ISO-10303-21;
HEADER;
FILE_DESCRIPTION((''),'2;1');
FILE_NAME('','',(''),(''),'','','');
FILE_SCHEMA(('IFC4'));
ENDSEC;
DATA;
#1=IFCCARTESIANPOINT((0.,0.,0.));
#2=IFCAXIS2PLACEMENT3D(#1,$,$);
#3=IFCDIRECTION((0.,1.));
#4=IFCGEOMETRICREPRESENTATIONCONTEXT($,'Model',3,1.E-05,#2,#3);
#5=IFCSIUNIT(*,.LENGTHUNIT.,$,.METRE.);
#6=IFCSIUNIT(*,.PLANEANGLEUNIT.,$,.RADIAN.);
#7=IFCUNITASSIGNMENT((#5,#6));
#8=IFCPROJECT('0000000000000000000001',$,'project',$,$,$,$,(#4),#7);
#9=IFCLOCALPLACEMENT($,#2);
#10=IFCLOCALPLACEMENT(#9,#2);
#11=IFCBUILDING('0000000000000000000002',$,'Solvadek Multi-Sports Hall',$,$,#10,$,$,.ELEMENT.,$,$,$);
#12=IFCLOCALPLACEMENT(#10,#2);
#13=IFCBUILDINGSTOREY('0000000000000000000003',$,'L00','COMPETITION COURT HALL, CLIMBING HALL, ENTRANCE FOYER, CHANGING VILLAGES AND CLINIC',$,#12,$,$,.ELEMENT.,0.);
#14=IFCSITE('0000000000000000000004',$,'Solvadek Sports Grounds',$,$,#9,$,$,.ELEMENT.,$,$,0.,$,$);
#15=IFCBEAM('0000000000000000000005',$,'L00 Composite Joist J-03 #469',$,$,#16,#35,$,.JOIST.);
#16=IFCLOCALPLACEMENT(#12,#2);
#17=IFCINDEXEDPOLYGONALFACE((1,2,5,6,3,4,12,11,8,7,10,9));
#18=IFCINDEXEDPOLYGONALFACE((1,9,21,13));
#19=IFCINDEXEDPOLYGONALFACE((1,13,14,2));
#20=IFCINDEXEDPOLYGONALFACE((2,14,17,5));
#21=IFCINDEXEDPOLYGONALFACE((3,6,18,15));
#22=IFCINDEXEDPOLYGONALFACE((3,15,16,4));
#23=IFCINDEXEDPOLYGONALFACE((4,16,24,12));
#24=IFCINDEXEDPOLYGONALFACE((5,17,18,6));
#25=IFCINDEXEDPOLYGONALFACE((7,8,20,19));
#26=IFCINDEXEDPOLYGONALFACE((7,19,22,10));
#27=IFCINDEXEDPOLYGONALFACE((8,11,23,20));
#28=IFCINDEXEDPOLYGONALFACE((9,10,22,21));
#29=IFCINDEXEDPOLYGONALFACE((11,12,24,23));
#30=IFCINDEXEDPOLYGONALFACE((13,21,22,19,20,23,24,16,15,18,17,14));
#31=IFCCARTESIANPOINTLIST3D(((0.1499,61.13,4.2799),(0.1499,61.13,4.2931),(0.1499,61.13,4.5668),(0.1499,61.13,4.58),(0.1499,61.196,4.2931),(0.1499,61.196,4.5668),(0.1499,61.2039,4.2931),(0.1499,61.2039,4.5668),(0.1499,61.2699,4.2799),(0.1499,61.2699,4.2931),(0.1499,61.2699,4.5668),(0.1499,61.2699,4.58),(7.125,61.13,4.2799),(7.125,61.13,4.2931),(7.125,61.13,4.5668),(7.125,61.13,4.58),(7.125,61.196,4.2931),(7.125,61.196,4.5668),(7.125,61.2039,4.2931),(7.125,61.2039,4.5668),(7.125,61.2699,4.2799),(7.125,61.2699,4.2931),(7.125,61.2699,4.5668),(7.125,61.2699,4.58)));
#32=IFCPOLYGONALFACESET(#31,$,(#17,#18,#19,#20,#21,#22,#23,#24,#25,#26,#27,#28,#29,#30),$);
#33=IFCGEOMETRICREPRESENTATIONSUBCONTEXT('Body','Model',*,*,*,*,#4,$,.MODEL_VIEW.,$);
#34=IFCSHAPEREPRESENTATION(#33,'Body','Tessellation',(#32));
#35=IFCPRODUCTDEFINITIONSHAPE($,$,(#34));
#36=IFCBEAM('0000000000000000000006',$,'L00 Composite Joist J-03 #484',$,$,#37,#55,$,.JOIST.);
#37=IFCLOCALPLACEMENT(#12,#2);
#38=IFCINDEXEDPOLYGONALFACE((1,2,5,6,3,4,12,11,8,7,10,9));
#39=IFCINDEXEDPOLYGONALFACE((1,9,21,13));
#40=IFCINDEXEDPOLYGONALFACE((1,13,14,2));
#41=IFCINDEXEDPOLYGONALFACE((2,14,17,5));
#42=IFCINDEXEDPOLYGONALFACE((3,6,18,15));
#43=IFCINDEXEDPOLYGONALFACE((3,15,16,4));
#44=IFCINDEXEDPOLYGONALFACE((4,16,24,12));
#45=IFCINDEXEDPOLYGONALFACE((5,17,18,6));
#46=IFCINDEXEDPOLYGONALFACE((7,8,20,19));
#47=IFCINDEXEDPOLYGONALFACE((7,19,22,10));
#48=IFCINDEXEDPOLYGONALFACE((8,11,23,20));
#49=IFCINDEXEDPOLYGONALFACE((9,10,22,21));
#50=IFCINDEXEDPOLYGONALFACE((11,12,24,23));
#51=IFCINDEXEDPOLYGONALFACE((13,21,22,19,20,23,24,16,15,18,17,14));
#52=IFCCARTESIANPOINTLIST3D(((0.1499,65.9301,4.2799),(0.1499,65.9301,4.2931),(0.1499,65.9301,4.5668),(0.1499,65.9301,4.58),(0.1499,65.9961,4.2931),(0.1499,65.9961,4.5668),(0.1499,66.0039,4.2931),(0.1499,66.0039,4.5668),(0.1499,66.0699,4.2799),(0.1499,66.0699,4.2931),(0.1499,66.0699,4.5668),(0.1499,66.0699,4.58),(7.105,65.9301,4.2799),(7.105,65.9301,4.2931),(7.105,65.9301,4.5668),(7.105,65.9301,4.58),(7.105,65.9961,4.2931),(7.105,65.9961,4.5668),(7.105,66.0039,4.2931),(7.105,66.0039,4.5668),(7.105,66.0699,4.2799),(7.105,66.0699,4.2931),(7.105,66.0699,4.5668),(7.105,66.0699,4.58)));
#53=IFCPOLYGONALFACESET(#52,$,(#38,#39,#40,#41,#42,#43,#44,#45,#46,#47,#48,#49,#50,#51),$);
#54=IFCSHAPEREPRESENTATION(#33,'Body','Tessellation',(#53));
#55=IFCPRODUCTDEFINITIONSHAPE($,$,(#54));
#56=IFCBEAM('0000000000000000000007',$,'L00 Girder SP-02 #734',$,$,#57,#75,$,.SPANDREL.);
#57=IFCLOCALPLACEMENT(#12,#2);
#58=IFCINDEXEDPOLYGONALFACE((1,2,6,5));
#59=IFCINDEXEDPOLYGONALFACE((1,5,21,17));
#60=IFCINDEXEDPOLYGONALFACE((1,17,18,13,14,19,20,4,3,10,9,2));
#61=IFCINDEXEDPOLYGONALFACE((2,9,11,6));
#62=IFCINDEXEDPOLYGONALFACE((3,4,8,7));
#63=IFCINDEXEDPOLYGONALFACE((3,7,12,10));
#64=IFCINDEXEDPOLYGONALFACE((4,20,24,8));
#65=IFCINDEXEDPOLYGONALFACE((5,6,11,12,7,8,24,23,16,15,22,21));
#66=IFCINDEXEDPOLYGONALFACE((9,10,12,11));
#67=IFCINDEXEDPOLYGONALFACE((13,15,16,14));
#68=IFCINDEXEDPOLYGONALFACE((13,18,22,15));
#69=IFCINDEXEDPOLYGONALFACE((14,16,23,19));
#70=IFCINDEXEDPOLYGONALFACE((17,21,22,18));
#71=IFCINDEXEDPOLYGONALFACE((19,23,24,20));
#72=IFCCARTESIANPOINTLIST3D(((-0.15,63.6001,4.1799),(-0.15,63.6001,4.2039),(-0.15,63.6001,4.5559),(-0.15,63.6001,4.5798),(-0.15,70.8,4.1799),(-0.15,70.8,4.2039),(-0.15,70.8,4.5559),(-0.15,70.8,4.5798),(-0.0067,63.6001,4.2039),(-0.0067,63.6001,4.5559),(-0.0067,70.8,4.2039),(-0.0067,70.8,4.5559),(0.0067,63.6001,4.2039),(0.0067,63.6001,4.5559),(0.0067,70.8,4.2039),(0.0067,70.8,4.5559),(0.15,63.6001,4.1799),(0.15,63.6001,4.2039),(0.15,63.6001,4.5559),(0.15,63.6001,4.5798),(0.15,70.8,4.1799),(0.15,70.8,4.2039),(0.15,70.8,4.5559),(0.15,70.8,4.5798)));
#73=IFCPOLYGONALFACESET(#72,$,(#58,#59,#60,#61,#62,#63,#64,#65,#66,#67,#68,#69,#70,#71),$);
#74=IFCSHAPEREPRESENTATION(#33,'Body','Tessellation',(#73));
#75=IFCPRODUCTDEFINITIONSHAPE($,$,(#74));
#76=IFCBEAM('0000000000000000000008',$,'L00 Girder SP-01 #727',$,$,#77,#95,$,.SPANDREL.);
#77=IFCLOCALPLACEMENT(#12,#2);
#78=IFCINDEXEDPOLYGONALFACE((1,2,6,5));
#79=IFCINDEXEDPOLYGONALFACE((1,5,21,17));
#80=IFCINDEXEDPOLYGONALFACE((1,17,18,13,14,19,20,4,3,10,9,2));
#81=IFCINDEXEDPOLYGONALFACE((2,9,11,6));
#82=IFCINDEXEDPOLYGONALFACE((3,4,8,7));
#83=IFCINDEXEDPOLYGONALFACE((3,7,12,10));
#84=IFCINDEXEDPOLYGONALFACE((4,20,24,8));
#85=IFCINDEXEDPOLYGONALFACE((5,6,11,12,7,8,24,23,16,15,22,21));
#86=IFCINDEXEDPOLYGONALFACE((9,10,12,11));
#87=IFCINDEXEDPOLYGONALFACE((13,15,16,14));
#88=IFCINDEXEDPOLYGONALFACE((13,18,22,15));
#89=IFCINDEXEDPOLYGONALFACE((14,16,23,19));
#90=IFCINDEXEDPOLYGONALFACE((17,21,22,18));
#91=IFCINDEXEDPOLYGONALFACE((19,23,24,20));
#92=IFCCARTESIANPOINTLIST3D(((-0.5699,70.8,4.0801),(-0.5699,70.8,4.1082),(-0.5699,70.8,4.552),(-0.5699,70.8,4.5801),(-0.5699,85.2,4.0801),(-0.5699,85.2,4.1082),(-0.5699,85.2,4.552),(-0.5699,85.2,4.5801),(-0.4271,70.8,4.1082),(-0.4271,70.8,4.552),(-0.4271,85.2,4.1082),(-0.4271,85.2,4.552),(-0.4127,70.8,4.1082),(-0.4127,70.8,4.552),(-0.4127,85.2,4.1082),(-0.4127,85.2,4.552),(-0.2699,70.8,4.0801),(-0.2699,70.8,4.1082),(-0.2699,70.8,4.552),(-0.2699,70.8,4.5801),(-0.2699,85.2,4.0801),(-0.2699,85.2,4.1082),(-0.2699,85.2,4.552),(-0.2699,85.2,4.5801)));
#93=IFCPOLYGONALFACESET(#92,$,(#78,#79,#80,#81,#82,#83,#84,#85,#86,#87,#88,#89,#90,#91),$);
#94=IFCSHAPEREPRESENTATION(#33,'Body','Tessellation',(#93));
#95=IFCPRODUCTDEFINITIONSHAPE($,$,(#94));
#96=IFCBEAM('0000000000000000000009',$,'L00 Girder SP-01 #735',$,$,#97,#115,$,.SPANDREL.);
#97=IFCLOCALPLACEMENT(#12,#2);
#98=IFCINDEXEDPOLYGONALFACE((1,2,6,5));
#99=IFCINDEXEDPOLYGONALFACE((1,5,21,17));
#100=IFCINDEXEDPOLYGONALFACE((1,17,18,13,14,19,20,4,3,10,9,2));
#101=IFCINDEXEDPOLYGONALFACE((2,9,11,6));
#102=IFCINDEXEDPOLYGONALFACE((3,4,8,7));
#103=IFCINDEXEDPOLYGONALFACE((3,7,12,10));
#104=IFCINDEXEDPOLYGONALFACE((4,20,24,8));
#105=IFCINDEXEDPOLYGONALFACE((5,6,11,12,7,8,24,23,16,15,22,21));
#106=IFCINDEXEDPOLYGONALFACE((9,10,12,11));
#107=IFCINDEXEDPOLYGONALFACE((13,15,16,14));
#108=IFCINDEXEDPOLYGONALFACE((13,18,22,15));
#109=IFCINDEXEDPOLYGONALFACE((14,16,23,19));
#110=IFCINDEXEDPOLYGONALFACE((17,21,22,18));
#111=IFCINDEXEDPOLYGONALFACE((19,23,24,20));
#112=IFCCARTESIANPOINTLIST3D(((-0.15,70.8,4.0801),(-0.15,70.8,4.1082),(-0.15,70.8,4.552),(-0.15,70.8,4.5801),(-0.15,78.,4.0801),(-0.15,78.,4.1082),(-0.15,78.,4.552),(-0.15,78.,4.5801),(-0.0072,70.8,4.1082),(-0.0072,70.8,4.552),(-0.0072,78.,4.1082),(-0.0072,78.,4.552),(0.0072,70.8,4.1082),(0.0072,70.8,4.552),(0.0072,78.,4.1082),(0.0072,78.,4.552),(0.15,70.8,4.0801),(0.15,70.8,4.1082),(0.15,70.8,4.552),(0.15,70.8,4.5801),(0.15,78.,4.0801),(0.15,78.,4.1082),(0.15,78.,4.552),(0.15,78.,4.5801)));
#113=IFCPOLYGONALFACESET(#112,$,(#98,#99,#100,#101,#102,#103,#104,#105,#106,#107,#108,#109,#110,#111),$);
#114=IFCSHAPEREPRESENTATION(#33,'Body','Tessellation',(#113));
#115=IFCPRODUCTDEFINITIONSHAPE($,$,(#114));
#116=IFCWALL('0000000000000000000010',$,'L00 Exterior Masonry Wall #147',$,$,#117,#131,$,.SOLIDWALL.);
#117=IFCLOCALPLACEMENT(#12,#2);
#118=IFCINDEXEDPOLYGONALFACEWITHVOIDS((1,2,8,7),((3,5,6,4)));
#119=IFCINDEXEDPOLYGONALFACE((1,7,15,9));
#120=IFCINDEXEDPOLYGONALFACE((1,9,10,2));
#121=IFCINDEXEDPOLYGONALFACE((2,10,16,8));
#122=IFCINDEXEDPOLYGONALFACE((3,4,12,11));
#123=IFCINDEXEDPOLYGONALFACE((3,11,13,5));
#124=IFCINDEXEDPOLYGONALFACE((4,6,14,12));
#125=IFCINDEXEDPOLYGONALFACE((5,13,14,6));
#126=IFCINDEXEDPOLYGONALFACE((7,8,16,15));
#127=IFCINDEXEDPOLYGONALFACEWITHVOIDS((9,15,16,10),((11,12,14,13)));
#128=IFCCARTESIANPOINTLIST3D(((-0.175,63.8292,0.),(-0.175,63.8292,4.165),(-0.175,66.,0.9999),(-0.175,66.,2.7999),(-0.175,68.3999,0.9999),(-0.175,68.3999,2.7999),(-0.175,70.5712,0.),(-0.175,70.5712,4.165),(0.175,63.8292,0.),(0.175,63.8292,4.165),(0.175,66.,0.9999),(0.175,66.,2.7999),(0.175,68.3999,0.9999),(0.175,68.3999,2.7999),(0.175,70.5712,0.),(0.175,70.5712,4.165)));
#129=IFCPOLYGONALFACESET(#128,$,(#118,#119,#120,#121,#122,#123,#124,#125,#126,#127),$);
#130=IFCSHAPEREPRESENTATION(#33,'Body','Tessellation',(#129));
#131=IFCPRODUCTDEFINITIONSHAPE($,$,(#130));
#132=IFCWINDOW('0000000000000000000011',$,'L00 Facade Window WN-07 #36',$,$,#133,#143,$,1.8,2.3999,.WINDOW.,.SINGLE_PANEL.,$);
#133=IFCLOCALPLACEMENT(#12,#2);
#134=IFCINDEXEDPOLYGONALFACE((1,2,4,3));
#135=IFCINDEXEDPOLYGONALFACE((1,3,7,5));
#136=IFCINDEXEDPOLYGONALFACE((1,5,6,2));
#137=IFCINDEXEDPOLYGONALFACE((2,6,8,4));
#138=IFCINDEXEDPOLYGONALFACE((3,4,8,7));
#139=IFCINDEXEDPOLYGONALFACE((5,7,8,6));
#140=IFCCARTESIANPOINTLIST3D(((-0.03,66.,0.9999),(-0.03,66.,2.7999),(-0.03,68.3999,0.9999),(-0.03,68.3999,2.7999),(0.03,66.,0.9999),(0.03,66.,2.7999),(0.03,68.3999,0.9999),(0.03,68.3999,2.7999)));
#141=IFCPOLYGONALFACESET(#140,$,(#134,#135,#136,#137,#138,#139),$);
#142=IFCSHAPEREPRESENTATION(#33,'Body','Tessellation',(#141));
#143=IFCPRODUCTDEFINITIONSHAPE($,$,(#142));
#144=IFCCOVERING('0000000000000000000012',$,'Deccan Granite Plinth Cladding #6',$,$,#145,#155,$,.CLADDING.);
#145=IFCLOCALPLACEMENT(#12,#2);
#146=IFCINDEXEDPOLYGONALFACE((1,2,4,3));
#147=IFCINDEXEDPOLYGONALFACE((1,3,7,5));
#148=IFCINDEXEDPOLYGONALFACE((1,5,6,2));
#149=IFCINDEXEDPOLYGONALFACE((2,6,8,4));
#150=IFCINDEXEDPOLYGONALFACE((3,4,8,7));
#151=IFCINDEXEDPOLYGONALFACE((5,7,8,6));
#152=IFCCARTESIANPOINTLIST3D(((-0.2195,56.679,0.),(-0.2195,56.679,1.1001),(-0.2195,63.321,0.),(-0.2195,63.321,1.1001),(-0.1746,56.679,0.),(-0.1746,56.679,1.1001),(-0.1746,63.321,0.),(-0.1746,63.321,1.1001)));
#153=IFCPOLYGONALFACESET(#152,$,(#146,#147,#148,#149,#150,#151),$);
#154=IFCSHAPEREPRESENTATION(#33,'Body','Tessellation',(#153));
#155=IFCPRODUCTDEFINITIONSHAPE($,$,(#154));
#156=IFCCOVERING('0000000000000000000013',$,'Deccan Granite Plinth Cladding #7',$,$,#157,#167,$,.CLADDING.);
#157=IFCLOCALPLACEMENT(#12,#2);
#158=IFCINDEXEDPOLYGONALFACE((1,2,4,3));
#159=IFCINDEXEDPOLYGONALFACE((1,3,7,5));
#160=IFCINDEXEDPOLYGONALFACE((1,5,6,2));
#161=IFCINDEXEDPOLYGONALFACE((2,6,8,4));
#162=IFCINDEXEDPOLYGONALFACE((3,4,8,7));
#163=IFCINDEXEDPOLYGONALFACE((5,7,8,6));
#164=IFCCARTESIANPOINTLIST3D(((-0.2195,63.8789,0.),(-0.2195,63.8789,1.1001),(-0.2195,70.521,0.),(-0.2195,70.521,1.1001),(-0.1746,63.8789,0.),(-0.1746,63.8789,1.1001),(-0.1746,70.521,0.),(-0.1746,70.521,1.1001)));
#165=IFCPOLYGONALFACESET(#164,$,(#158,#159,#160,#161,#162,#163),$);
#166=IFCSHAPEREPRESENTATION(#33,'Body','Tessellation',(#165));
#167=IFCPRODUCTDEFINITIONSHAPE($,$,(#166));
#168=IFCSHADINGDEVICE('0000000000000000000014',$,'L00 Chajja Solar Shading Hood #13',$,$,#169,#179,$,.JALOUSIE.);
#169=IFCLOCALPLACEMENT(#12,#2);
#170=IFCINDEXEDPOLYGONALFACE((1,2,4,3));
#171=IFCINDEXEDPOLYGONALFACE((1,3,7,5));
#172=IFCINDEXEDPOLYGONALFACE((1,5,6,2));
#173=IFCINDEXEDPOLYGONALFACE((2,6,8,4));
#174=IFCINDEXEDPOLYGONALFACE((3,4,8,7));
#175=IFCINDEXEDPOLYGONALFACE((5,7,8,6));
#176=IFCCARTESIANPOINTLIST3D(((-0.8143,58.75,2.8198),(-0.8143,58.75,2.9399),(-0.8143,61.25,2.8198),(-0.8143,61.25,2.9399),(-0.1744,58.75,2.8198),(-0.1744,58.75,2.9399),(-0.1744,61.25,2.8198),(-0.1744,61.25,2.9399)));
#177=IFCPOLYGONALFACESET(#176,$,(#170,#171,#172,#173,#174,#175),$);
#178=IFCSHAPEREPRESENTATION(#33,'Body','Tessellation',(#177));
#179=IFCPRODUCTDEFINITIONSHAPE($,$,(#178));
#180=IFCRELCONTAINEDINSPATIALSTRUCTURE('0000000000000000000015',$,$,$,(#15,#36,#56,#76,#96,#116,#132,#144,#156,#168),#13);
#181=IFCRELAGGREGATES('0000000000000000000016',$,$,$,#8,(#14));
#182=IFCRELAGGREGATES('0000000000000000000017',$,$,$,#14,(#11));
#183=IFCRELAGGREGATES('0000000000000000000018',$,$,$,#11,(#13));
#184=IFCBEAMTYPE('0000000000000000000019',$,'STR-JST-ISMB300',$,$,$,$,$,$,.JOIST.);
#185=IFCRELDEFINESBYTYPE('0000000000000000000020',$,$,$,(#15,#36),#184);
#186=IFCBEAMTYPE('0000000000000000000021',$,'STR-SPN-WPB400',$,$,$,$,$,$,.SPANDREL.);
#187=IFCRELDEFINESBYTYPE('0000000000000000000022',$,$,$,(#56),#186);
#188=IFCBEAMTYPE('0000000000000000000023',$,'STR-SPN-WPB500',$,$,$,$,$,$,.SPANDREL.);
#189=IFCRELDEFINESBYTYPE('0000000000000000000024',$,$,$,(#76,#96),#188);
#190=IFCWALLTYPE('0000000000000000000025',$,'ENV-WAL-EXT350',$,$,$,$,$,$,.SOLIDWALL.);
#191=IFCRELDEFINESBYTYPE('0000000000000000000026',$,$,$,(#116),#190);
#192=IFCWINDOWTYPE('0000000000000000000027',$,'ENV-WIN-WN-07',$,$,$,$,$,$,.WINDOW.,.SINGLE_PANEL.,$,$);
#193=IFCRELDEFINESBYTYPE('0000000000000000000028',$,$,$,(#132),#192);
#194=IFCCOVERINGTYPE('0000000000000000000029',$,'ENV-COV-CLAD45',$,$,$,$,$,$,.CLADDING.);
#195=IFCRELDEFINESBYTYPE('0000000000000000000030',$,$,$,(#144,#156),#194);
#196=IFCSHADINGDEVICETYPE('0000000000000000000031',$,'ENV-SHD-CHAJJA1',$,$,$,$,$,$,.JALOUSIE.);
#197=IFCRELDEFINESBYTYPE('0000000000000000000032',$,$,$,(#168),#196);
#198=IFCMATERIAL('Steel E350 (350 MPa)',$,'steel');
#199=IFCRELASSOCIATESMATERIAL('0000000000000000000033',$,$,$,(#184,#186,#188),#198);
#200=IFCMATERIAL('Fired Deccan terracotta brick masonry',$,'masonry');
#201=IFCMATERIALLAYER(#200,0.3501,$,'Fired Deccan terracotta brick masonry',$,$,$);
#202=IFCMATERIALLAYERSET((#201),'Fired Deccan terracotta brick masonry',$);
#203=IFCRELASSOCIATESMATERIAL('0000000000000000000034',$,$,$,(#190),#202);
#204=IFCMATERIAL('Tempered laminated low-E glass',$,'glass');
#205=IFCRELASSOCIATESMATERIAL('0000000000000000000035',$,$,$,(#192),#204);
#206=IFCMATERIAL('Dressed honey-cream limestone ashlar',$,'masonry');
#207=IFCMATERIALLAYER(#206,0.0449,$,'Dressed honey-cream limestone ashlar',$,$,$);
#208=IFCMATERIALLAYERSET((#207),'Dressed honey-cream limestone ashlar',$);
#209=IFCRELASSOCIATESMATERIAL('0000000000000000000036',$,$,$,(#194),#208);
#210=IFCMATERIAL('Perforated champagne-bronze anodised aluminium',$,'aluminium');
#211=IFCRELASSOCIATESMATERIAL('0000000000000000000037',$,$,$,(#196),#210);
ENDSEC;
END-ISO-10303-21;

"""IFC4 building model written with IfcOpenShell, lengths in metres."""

from ifc_helpers import new_model, si_unit, direction, frame, frame_2d, origin, origin_2d, place, context, subcontext, project, spatial, rectangle, i_section, extrude, material, layer, layer_set, material_profile, profile_set, type_object, element, fill, save


model = new_model("IFC4")

# Units and contexts
model_context = context("Model", 3, precision=1e-05, world=origin(), true_north=direction((0.0, 1.0)))
body_context = subcontext(model_context, "Body", "Model", "MODEL_VIEW")
ifc_project = project(units=[si_unit("LENGTHUNIT", "METRE"), si_unit("PLANEANGLEUNIT", "RADIAN")], contexts=[model_context])

# Site, building, storey
site_placement = place(None, origin())
site = spatial("IfcSite", under=ifc_project, at=site_placement, Name="Solvadek Sports Grounds", CompositionType="ELEMENT", RefElevation=0.0)
building_placement = place(site_placement, origin())
building = spatial("IfcBuilding", under=site, at=building_placement, Name="Solvadek Multi-Sports Hall", CompositionType="ELEMENT")
storey_placement = place(building_placement, origin())
storey = spatial("IfcBuildingStorey", under=building, at=storey_placement, Name="L00", Description="COMPETITION COURT HALL, CLIMBING HALL, ENTRANCE FOYER, CHANGING VILLAGES AND CLINIC", CompositionType="ELEMENT", Elevation=0.0)

# Shared definitions
ifc_material_1 = material(Name="Steel E350 (350 MPa)", Category="steel")

# Beams
ifc_material_profile_1 = material_profile(ifc_material_1, i_section(OverallWidth=0.1399, OverallDepth=0.3, WebThickness=0.0078, FlangeThickness=0.0132, at=origin_2d()), Name="ISMB 300")
ifc_profile_set_1 = profile_set([ifc_material_profile_1], Name="Steel E350 (350 MPa)")
beam_type_1 = type_object("IfcBeamType", Name="STR-JST-ISMB300", PredefinedType="JOIST", material=ifc_profile_set_1)
beam_1_placement = place(storey_placement, frame((0.1499, 61.2, 4.4299), z_axis=(1.0, 0.0, 0.0), x_axis=(0.0, 1.0, 0.0)))
element("IfcBeam", 1, at=beam_1_placement, inside=storey, type_object=beam_type_1, Name="L00 Composite Joist J-03 #469", PredefinedType="JOIST", context=body_context, shape_type="SweptSolid", body=[
    extrude(i_section(OverallWidth=0.1399, OverallDepth=0.3, WebThickness=0.0078, FlangeThickness=0.0132, at=origin_2d()), origin(), (0.0, 0.0, 1.0), 6.9751),
])
beam_2_placement = place(storey_placement, frame((0.1499, 66.0, 4.4299), z_axis=(1.0, 0.0, 0.0), x_axis=(0.0, 1.0, 0.0)))
element("IfcBeam", 2, at=beam_2_placement, inside=storey, type_object=beam_type_1, Name="L00 Composite Joist J-03 #484", PredefinedType="JOIST", context=body_context, shape_type="SweptSolid", body=[
    extrude(i_section(OverallWidth=0.1399, OverallDepth=0.3, WebThickness=0.0078, FlangeThickness=0.0132, at=origin_2d()), origin(), (0.0, 0.0, 1.0), 6.9551),
])
ifc_material_profile_2 = material_profile(ifc_material_1, i_section(OverallWidth=0.3, OverallDepth=0.3999, WebThickness=0.0134, FlangeThickness=0.0239, at=origin_2d()), Name="WPB 400")
ifc_profile_set_2 = profile_set([ifc_material_profile_2], Name="Steel E350 (350 MPa)")
beam_type_2 = type_object("IfcBeamType", Name="STR-SPN-WPB400", PredefinedType="SPANDREL", material=ifc_profile_set_2)
beam_3_placement = place(storey_placement, frame((0.0, 63.6001, 4.3799), z_axis=(0.0, 1.0, 0.0), x_axis=(-1.0, 0.0, 0.0)))
element("IfcBeam", 3, at=beam_3_placement, inside=storey, type_object=beam_type_2, Name="L00 Girder SP-02 #734", PredefinedType="SPANDREL", context=body_context, shape_type="SweptSolid", body=[
    extrude(i_section(OverallWidth=0.3, OverallDepth=0.3999, WebThickness=0.0134, FlangeThickness=0.0239, at=origin_2d()), origin(), (0.0, 0.0, 1.0), 7.2),
])
ifc_material_profile_3 = material_profile(ifc_material_1, i_section(OverallWidth=0.3, OverallDepth=0.5, WebThickness=0.0144, FlangeThickness=0.0281, at=origin_2d()), Name="WPB 500")
ifc_profile_set_3 = profile_set([ifc_material_profile_3], Name="Steel E350 (350 MPa)")
beam_type_3 = type_object("IfcBeamType", Name="STR-SPN-WPB500", PredefinedType="SPANDREL", material=ifc_profile_set_3)
beam_4_placement = place(storey_placement, frame((-0.4199, 70.8, 4.3301), z_axis=(0.0, 1.0, 0.0), x_axis=(-1.0, 0.0, 0.0)))
element("IfcBeam", 4, at=beam_4_placement, inside=storey, type_object=beam_type_3, Name="L00 Girder SP-01 #727", PredefinedType="SPANDREL", context=body_context, shape_type="SweptSolid", body=[
    extrude(i_section(OverallWidth=0.3, OverallDepth=0.5, WebThickness=0.0144, FlangeThickness=0.0281, at=origin_2d()), origin(), (0.0, 0.0, 1.0), 14.3999),
])
beam_5_placement = place(storey_placement, frame((0.0, 70.8, 4.3301), z_axis=(0.0, 1.0, 0.0), x_axis=(-1.0, 0.0, 0.0)))
element("IfcBeam", 5, at=beam_5_placement, inside=storey, type_object=beam_type_3, Name="L00 Girder SP-01 #735", PredefinedType="SPANDREL", context=body_context, shape_type="SweptSolid", body=[
    extrude(i_section(OverallWidth=0.3, OverallDepth=0.5, WebThickness=0.0144, FlangeThickness=0.0281, at=origin_2d()), origin(), (0.0, 0.0, 1.0), 7.2),
])

# Wall, opening, window
ifc_material_2 = material(Name="Fired Deccan terracotta brick masonry", Category="masonry")
ifc_layer_1 = layer(ifc_material_2, 0.3501, Name="Fired Deccan terracotta brick masonry")
ifc_layer_set_1 = layer_set([ifc_layer_1], Name="Fired Deccan terracotta brick masonry")
wall_type = type_object("IfcWallType", Name="ENV-WAL-EXT350", PredefinedType="SOLIDWALL", material=ifc_layer_set_1)
wall_placement = place(storey_placement, frame((0.0, 63.8291, 0.0), z_axis=(0.0, 0.0, 1.0), x_axis=(0.0, 1.0, 0.0)))
wall = element("IfcWall", 6, at=wall_placement, inside=storey, type_object=wall_type, Name="L00 Exterior Masonry Wall #147", PredefinedType="SOLIDWALL", context=body_context, shape_type="SweptSolid", body=[
    extrude(rectangle(XDim=6.7419, YDim=0.3501, at=frame_2d((3.3711, 0.0))), origin(), (0.0, 0.0, 1.0), 4.165),
])
opening_placement = place(wall_placement, frame((2.1709, 0.0, 1.0)))
opening = element("IfcOpeningElement", 7, at=opening_placement, cuts=wall, PredefinedType="OPENING", context=body_context, shape_type="SweptSolid", body=[
    extrude(rectangle(XDim=2.3999, YDim=1.8, at=frame_2d((1.2, 0.8999))), frame((0.0, 0.1851, 0.0), z_axis=(0.0, -1.0, 0.0), x_axis=(1.0, 0.0, 0.0)), (0.0, 0.0, 1.0), 0.3701),
])
ifc_material_3 = material(Name="Tempered laminated low-E glass", Category="glass")
window_type = type_object("IfcWindowType", Name="ENV-WIN-WN-07", PartitioningType="SINGLE_PANEL", PredefinedType="WINDOW", material=ifc_material_3)
window_placement = place(opening_placement, origin())
window = element("IfcWindow", 8, at=window_placement, inside=storey, type_object=window_type, Name="L00 Facade Window WN-07 #36", OverallHeight=1.8, OverallWidth=2.3999, PartitioningType="SINGLE_PANEL", PredefinedType="WINDOW", context=body_context, shape_type="SweptSolid", body=[
    extrude(rectangle(XDim=2.3999, YDim=1.8, at=frame_2d((1.2, 0.8999))), frame((0.0, 0.03, 0.0), z_axis=(0.0, -1.0, 0.0), x_axis=(1.0, 0.0, 0.0)), (0.0, 0.0, 1.0), 0.0601),
])
fill(opening, window)

# Coverings
ifc_material_4 = material(Name="Dressed honey-cream limestone ashlar", Category="masonry")
ifc_layer_2 = layer(ifc_material_4, 0.0449, Name="Dressed honey-cream limestone ashlar")
ifc_layer_set_2 = layer_set([ifc_layer_2], Name="Dressed honey-cream limestone ashlar")
covering_type = type_object("IfcCoveringType", Name="ENV-COV-CLAD45", PredefinedType="CLADDING", material=ifc_layer_set_2)
for number, where, z_axis, x_axis, name in (
    (9, (-0.197, 60.0, 0.0), (0.0, 0.0, 1.0), (0.0, 1.0, 0.0), "Deccan Granite Plinth Cladding #6"),
    (10, (-0.197, 67.2, 0.0), (0.0, 0.0, 1.0), (0.0, 1.0, 0.0), "Deccan Granite Plinth Cladding #7"),
):
    element("IfcCovering", number, at=place(storey_placement, frame(where, z_axis=z_axis, x_axis=x_axis)), inside=storey, type_object=covering_type, Name=name, PredefinedType="CLADDING", context=body_context, shape_type="SweptSolid", body=[
        extrude(rectangle(XDim=6.6421, YDim=0.0449, at=origin_2d()), origin(), (0.0, 0.0, 1.0), 1.1001),
    ])

# Shading device
ifc_material_5 = material(Name="Perforated champagne-bronze anodised aluminium", Category="aluminium")
shading_device_type = type_object("IfcShadingDeviceType", Name="ENV-SHD-CHAJJA1", PredefinedType="JALOUSIE", material=ifc_material_5)
shading_device_1_placement = place(storey_placement, frame((-0.4944, 60.0, 2.8198), z_axis=(0.0, 0.0, 1.0), x_axis=(0.0, 1.0, 0.0)))
element("IfcShadingDevice", 11, at=shading_device_1_placement, inside=storey, type_object=shading_device_type, Name="L00 Chajja Solar Shading Hood #13", PredefinedType="JALOUSIE", context=body_context, shape_type="SweptSolid", body=[
    extrude(rectangle(XDim=2.5, YDim=0.6399, at=origin_2d()), origin(), (0.0, 0.0, 1.0), 0.1201),
])

save(model, "model.ifc")
